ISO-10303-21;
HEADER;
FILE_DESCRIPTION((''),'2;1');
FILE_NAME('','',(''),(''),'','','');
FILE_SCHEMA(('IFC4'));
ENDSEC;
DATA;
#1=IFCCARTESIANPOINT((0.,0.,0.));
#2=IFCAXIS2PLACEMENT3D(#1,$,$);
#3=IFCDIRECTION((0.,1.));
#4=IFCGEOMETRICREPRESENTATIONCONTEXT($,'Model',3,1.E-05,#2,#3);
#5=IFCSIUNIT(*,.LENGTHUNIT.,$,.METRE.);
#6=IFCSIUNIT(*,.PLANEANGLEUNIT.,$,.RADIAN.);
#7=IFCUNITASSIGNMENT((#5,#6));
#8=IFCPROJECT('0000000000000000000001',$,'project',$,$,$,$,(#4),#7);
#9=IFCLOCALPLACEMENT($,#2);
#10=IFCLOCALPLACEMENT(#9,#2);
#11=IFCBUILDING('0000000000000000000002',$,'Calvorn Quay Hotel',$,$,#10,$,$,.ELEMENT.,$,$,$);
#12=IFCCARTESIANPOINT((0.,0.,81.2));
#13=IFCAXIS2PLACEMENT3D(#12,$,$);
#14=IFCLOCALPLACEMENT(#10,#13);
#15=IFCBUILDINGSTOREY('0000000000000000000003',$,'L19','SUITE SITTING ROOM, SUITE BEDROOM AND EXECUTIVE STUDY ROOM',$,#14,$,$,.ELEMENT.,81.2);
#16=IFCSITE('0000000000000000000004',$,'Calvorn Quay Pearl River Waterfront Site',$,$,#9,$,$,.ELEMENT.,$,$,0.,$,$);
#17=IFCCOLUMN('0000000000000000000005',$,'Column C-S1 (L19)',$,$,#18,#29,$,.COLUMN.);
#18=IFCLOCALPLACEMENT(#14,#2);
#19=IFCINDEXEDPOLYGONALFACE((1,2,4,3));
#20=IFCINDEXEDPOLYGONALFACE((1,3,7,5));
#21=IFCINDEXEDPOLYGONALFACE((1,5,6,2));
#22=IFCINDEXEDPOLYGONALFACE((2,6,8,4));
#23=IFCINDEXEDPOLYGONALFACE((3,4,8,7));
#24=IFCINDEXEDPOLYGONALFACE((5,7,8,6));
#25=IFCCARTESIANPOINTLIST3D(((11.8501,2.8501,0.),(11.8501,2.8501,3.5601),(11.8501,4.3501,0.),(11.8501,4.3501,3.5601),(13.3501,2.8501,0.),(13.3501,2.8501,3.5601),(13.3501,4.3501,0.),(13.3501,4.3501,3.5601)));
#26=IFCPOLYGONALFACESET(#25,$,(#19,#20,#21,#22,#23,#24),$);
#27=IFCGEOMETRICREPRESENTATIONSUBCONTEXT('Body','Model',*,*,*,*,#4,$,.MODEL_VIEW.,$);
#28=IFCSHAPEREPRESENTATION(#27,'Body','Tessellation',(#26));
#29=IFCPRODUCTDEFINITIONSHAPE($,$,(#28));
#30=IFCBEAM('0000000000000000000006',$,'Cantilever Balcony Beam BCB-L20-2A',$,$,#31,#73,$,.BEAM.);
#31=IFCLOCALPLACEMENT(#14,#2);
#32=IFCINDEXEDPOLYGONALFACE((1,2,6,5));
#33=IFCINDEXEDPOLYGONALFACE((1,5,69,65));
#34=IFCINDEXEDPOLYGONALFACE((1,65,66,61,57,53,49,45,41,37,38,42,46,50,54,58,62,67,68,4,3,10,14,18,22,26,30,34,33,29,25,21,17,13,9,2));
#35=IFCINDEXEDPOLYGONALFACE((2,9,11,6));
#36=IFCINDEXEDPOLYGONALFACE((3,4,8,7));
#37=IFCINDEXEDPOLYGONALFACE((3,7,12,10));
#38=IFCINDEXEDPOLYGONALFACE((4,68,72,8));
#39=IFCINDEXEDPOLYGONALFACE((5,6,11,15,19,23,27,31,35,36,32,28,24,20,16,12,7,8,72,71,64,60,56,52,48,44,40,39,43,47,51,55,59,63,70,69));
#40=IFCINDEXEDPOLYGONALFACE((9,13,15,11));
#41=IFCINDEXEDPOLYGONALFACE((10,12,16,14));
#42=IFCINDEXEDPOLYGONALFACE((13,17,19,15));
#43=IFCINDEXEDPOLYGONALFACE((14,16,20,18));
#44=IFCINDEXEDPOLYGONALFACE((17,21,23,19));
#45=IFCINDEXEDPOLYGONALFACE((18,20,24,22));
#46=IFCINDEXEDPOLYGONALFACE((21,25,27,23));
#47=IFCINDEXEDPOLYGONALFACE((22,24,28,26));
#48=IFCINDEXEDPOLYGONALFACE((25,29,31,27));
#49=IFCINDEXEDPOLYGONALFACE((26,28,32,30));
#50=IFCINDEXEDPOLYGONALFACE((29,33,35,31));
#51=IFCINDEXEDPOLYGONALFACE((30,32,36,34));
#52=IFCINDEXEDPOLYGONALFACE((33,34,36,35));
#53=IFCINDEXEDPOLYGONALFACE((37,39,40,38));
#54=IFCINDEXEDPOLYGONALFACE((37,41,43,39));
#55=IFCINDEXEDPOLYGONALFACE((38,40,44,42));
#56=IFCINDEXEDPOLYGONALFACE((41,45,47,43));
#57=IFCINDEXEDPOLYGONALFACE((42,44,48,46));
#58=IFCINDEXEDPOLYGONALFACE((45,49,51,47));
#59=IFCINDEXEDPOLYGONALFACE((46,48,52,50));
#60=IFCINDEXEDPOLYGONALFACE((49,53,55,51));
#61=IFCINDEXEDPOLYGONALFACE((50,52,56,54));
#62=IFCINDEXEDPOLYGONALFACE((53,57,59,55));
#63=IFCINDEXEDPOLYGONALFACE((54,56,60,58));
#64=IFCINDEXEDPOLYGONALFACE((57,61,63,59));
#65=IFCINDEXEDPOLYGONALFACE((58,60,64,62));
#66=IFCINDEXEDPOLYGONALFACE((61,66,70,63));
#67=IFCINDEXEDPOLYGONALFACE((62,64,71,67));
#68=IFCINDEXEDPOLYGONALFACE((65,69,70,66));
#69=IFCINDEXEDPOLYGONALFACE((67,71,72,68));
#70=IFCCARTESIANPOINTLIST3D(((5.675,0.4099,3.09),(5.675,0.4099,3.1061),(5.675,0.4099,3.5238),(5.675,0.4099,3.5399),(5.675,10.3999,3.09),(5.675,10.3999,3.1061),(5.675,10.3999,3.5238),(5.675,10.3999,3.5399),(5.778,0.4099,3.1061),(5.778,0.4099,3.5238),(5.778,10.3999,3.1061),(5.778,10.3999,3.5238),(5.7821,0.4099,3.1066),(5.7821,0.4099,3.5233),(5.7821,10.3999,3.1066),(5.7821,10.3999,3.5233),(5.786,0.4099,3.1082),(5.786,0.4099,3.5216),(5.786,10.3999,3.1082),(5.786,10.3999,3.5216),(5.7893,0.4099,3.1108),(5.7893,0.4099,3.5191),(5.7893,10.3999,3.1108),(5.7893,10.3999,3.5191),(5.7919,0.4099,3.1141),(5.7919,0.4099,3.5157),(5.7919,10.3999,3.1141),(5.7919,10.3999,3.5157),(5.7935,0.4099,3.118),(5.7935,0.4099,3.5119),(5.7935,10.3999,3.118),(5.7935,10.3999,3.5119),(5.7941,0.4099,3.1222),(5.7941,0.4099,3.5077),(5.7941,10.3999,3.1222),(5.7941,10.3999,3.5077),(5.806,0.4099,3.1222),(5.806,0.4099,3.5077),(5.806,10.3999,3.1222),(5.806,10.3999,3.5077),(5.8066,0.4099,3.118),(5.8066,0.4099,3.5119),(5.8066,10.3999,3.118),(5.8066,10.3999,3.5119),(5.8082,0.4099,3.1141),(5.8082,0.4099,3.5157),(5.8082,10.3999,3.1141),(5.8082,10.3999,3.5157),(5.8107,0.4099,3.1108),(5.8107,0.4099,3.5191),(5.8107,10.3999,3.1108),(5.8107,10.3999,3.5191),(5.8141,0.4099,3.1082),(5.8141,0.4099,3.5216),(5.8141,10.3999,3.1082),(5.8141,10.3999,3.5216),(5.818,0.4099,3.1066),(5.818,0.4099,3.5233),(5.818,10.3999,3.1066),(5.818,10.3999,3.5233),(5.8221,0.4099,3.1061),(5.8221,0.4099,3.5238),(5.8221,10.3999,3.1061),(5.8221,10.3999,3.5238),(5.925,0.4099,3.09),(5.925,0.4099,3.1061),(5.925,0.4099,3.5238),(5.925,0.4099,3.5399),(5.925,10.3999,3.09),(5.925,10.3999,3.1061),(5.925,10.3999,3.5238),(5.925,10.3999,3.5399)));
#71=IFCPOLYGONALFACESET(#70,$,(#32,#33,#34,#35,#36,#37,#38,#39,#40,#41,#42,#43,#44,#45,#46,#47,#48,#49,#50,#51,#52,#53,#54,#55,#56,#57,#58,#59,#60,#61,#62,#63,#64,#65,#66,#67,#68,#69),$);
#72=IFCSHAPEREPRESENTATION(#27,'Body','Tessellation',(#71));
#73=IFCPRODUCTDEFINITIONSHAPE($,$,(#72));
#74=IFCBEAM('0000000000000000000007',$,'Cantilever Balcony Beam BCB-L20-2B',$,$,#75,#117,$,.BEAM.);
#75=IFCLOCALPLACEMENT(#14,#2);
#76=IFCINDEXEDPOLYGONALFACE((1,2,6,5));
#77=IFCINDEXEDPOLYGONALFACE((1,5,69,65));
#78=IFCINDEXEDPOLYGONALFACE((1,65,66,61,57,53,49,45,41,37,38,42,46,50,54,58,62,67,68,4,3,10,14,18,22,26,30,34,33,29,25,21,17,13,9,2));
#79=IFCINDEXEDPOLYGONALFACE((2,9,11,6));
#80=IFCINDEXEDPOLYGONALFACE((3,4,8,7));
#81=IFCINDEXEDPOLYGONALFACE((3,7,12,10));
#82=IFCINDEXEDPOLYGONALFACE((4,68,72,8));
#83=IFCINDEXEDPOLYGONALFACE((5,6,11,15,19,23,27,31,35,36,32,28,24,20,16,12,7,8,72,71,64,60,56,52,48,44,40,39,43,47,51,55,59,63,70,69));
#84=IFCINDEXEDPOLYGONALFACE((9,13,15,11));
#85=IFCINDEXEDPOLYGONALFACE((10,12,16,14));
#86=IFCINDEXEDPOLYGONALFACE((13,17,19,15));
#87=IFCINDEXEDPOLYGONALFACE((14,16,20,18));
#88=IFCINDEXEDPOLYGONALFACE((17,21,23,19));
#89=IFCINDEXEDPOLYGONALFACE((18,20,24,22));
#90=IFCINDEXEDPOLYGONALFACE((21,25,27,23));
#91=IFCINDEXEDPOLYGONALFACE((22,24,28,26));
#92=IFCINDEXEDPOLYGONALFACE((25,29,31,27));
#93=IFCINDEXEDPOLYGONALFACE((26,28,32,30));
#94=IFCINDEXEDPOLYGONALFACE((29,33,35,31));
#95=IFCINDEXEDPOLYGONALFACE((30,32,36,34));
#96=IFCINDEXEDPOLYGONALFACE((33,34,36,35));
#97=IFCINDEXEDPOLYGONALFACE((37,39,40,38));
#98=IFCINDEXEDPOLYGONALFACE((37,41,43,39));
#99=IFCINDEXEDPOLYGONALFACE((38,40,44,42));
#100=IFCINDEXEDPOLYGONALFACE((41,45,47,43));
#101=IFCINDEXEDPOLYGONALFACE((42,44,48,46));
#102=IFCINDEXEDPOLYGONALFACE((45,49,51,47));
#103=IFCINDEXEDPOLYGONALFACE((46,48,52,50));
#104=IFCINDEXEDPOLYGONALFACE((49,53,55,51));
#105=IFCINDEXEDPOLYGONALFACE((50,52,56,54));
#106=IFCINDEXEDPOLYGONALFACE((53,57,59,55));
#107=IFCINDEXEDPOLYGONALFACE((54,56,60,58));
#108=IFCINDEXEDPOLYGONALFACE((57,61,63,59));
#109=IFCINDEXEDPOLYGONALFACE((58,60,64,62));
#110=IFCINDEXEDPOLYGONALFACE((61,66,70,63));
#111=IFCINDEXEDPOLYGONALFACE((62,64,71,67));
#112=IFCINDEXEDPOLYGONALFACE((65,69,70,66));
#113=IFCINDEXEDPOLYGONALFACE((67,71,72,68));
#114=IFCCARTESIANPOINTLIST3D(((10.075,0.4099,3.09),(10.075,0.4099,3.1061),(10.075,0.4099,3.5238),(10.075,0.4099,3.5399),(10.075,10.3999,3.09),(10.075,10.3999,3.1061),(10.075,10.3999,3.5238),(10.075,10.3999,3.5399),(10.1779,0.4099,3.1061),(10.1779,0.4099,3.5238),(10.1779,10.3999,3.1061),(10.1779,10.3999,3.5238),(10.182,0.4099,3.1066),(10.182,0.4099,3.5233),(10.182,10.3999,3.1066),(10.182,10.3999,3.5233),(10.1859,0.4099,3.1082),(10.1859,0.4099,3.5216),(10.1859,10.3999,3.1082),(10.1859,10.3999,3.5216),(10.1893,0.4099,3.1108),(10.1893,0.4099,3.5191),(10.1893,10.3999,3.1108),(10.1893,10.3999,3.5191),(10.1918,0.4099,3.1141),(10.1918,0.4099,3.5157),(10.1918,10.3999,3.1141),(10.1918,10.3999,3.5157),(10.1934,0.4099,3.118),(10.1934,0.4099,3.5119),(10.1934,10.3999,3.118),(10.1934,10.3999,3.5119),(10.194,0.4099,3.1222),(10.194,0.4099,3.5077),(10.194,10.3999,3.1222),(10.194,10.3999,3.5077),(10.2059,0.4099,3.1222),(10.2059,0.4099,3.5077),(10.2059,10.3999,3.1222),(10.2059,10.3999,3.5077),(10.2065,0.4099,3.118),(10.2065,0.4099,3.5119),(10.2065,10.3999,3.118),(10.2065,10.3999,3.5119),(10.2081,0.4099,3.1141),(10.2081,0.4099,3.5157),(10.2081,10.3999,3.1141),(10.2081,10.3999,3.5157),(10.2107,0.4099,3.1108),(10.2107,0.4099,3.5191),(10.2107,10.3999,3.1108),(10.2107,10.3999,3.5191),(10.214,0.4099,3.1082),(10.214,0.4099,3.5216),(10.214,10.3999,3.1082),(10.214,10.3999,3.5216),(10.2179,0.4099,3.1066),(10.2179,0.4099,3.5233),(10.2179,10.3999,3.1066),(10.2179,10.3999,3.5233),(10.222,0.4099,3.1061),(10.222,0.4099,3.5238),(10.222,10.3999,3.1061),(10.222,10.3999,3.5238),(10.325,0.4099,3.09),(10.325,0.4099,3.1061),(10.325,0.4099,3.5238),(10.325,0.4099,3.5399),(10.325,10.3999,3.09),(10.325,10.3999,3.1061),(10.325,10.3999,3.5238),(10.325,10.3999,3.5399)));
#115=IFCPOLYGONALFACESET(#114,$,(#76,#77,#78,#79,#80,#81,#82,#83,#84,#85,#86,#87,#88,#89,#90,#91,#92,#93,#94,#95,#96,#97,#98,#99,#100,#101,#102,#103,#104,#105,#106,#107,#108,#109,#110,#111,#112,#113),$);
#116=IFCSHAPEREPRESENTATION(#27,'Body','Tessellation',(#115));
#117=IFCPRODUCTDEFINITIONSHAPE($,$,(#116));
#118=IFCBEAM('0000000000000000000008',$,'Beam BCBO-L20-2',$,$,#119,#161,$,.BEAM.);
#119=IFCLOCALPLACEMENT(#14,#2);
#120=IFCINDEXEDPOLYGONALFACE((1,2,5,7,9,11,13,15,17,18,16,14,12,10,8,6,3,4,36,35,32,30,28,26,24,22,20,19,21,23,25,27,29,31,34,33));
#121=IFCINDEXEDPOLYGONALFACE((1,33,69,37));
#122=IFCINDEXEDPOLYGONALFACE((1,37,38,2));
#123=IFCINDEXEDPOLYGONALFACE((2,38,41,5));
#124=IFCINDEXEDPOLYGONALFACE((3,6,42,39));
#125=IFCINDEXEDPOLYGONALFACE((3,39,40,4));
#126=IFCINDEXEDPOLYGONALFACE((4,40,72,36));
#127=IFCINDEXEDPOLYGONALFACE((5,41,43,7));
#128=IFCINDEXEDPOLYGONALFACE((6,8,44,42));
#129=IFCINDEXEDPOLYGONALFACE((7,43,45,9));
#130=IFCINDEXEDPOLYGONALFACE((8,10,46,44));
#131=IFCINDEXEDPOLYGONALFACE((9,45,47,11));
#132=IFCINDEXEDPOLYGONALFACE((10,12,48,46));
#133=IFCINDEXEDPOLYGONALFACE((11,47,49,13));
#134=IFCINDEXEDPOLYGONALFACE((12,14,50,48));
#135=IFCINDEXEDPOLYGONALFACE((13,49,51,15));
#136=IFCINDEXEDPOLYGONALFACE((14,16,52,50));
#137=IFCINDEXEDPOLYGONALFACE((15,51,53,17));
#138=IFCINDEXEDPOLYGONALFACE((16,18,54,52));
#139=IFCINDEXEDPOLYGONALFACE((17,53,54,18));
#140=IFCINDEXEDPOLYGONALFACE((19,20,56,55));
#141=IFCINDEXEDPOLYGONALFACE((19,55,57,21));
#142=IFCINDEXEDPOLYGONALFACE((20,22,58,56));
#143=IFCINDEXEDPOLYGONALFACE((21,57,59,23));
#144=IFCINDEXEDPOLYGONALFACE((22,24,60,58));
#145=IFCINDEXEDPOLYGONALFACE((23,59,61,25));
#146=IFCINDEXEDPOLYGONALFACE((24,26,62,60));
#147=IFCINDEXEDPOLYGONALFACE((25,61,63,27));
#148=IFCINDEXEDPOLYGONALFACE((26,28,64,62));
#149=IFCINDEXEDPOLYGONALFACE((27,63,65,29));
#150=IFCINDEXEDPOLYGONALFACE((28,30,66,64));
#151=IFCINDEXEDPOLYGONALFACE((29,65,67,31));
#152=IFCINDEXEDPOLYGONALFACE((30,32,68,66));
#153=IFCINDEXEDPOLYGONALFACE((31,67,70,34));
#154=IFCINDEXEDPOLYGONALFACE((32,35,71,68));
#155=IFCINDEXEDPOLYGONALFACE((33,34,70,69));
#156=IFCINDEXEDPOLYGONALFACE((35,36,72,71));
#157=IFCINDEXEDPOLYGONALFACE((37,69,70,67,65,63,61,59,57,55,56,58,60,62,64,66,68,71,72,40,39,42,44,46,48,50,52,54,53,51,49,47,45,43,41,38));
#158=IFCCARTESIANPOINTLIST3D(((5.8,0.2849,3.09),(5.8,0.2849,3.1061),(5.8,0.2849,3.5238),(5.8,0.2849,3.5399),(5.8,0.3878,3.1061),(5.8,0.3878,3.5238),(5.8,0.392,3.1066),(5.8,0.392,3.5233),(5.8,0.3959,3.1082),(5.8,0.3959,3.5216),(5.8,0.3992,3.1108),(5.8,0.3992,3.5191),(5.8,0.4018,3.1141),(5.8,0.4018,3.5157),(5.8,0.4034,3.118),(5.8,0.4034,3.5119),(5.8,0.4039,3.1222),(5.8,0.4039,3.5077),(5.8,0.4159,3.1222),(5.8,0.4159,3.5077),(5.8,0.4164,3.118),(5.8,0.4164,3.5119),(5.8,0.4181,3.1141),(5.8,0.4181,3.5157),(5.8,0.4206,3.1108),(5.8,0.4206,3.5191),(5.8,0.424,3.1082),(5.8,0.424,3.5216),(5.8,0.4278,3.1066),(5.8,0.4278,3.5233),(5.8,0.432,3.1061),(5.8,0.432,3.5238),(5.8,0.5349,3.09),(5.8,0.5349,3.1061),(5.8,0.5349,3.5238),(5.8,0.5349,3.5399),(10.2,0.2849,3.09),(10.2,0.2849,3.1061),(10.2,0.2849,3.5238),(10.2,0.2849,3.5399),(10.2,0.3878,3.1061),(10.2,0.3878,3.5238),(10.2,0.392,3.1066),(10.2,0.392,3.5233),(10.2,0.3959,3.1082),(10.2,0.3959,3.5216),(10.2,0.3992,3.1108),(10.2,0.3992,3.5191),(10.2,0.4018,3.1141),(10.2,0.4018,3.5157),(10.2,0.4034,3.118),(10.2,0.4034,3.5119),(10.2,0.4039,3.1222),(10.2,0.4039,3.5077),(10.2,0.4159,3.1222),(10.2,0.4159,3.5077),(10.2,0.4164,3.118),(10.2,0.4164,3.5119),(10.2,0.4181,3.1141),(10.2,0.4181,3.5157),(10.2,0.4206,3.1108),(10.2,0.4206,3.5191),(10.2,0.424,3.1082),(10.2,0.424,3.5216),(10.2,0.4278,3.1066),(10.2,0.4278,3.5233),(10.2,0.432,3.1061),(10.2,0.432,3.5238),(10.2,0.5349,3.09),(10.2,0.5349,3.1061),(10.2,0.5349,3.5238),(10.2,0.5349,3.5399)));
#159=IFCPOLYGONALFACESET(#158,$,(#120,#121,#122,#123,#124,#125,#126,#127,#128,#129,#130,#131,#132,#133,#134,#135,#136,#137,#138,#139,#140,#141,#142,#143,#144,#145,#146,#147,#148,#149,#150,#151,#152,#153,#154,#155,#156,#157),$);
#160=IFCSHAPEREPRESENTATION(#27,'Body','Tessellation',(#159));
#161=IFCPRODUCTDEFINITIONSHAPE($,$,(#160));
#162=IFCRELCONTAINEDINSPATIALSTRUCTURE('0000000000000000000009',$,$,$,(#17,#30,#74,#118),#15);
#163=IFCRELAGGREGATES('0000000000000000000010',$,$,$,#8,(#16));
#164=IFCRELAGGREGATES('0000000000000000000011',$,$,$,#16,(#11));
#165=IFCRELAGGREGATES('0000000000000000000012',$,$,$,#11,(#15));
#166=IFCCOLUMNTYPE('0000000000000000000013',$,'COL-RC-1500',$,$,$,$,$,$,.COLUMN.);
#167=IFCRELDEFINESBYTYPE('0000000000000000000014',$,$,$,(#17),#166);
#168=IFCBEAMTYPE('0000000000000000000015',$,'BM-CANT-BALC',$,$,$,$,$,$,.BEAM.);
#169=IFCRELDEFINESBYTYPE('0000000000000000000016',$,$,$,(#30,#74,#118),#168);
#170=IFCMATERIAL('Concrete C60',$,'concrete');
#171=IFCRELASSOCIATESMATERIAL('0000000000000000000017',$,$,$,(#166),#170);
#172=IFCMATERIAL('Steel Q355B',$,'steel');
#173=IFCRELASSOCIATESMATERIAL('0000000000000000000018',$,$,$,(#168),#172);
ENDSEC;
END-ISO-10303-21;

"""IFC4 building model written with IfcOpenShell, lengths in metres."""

from ifc_helpers import new_model, si_unit, direction, frame, origin, origin_2d, place, context, subcontext, project, spatial, rectangle, i_section, extrude, material, material_profile, profile_set, type_object, element, save


model = new_model("IFC4")

# Units and contexts
model_context = context("Model", 3, precision=1e-05, world=origin(), true_north=direction((0.0, 1.0)))
body_context = subcontext(model_context, "Body", "Model", "MODEL_VIEW")
ifc_project = project(units=[si_unit("LENGTHUNIT", "METRE"), si_unit("PLANEANGLEUNIT", "RADIAN")], contexts=[model_context])

# Site, building, storey
site_placement = place(None, origin())
site = spatial("IfcSite", under=ifc_project, at=site_placement, Name="Calvorn Quay Pearl River Waterfront Site", CompositionType="ELEMENT", RefElevation=0.0)
building_placement = place(site_placement, origin())
building = spatial("IfcBuilding", under=site, at=building_placement, Name="Calvorn Quay Hotel", CompositionType="ELEMENT")
storey_placement = place(building_placement, frame((0.0, 0.0, 81.2)))
storey = spatial("IfcBuildingStorey", under=building, at=storey_placement, Name="L19", Description="SUITE SITTING ROOM, SUITE BEDROOM AND EXECUTIVE STUDY ROOM", CompositionType="ELEMENT", Elevation=81.2)

# Column
ifc_material_1 = material(Name="Concrete C60", Category="concrete")
ifc_material_profile_1 = material_profile(ifc_material_1, rectangle(XDim=1.5, YDim=1.5, at=origin_2d()), Name="RC1500x1500")
ifc_profile_set_1 = profile_set([ifc_material_profile_1], Name="Concrete C60")
column_type = type_object("IfcColumnType", Name="COL-RC-1500", PredefinedType="COLUMN", material=ifc_profile_set_1)
column_placement = place(storey_placement, frame((12.6001, 3.6001, 0.0), z_axis=(0.0, 0.0, 1.0), x_axis=(1.0, 0.0, 0.0)))
element("IfcColumn", 1, at=column_placement, inside=storey, type_object=column_type, Name="Column C-S1 (L19)", PredefinedType="COLUMN", context=body_context, shape_type="SweptSolid", body=[
    extrude(rectangle(XDim=1.5, YDim=1.5, at=origin_2d()), origin(), (0.0, 0.0, 1.0), 3.5601),
])

# Beams
ifc_material_2 = material(Name="Steel Q355B", Category="steel")
ifc_material_profile_2 = material_profile(ifc_material_2, i_section(OverallWidth=0.25, OverallDepth=0.45, WebThickness=0.012, FlangeThickness=0.0161, FilletRadius=0.0161, at=origin_2d()), Name="HN450x250x12x16")
ifc_profile_set_2 = profile_set([ifc_material_profile_2], Name="Steel Q355B")
beam_type_1 = type_object("IfcBeamType", Name="BM-CANT-BALC", PredefinedType="BEAM", material=ifc_profile_set_2)
for number, where, z_axis, x_axis, name in (
    (2, (5.8, 10.3999, 3.3149), (0.0, -1.0, 0.0), (1.0, 0.0, 0.0), "Cantilever Balcony Beam BCB-L20-2A"),
    (3, (10.2, 10.3999, 3.3149), (0.0, -1.0, 0.0), (1.0, 0.0, 0.0), "Cantilever Balcony Beam BCB-L20-2B"),
):
    element("IfcBeam", number, at=place(storey_placement, frame(where, z_axis=z_axis, x_axis=x_axis)), inside=storey, type_object=beam_type_1, Name=name, PredefinedType="BEAM", context=body_context, shape_type="SweptSolid", body=[
        extrude(i_section(OverallWidth=0.25, OverallDepth=0.45, WebThickness=0.012, FlangeThickness=0.0161, FilletRadius=0.0161, at=origin_2d()), origin(), (0.0, 0.0, 1.0), 9.99),
    ])
beam_1_placement = place(storey_placement, frame((5.8, 0.4099, 3.3149), z_axis=(1.0, 0.0, 0.0), x_axis=(0.0, 1.0, 0.0)))
element("IfcBeam", 4, at=beam_1_placement, inside=storey, type_object=beam_type_1, Name="Beam BCBO-L20-2", PredefinedType="BEAM", context=body_context, shape_type="SweptSolid", body=[
    extrude(i_section(OverallWidth=0.25, OverallDepth=0.45, WebThickness=0.012, FlangeThickness=0.0161, FilletRadius=0.0161, at=origin_2d()), origin(), (0.0, 0.0, 1.0), 4.3999),
])

save(model, "model.ifc")
